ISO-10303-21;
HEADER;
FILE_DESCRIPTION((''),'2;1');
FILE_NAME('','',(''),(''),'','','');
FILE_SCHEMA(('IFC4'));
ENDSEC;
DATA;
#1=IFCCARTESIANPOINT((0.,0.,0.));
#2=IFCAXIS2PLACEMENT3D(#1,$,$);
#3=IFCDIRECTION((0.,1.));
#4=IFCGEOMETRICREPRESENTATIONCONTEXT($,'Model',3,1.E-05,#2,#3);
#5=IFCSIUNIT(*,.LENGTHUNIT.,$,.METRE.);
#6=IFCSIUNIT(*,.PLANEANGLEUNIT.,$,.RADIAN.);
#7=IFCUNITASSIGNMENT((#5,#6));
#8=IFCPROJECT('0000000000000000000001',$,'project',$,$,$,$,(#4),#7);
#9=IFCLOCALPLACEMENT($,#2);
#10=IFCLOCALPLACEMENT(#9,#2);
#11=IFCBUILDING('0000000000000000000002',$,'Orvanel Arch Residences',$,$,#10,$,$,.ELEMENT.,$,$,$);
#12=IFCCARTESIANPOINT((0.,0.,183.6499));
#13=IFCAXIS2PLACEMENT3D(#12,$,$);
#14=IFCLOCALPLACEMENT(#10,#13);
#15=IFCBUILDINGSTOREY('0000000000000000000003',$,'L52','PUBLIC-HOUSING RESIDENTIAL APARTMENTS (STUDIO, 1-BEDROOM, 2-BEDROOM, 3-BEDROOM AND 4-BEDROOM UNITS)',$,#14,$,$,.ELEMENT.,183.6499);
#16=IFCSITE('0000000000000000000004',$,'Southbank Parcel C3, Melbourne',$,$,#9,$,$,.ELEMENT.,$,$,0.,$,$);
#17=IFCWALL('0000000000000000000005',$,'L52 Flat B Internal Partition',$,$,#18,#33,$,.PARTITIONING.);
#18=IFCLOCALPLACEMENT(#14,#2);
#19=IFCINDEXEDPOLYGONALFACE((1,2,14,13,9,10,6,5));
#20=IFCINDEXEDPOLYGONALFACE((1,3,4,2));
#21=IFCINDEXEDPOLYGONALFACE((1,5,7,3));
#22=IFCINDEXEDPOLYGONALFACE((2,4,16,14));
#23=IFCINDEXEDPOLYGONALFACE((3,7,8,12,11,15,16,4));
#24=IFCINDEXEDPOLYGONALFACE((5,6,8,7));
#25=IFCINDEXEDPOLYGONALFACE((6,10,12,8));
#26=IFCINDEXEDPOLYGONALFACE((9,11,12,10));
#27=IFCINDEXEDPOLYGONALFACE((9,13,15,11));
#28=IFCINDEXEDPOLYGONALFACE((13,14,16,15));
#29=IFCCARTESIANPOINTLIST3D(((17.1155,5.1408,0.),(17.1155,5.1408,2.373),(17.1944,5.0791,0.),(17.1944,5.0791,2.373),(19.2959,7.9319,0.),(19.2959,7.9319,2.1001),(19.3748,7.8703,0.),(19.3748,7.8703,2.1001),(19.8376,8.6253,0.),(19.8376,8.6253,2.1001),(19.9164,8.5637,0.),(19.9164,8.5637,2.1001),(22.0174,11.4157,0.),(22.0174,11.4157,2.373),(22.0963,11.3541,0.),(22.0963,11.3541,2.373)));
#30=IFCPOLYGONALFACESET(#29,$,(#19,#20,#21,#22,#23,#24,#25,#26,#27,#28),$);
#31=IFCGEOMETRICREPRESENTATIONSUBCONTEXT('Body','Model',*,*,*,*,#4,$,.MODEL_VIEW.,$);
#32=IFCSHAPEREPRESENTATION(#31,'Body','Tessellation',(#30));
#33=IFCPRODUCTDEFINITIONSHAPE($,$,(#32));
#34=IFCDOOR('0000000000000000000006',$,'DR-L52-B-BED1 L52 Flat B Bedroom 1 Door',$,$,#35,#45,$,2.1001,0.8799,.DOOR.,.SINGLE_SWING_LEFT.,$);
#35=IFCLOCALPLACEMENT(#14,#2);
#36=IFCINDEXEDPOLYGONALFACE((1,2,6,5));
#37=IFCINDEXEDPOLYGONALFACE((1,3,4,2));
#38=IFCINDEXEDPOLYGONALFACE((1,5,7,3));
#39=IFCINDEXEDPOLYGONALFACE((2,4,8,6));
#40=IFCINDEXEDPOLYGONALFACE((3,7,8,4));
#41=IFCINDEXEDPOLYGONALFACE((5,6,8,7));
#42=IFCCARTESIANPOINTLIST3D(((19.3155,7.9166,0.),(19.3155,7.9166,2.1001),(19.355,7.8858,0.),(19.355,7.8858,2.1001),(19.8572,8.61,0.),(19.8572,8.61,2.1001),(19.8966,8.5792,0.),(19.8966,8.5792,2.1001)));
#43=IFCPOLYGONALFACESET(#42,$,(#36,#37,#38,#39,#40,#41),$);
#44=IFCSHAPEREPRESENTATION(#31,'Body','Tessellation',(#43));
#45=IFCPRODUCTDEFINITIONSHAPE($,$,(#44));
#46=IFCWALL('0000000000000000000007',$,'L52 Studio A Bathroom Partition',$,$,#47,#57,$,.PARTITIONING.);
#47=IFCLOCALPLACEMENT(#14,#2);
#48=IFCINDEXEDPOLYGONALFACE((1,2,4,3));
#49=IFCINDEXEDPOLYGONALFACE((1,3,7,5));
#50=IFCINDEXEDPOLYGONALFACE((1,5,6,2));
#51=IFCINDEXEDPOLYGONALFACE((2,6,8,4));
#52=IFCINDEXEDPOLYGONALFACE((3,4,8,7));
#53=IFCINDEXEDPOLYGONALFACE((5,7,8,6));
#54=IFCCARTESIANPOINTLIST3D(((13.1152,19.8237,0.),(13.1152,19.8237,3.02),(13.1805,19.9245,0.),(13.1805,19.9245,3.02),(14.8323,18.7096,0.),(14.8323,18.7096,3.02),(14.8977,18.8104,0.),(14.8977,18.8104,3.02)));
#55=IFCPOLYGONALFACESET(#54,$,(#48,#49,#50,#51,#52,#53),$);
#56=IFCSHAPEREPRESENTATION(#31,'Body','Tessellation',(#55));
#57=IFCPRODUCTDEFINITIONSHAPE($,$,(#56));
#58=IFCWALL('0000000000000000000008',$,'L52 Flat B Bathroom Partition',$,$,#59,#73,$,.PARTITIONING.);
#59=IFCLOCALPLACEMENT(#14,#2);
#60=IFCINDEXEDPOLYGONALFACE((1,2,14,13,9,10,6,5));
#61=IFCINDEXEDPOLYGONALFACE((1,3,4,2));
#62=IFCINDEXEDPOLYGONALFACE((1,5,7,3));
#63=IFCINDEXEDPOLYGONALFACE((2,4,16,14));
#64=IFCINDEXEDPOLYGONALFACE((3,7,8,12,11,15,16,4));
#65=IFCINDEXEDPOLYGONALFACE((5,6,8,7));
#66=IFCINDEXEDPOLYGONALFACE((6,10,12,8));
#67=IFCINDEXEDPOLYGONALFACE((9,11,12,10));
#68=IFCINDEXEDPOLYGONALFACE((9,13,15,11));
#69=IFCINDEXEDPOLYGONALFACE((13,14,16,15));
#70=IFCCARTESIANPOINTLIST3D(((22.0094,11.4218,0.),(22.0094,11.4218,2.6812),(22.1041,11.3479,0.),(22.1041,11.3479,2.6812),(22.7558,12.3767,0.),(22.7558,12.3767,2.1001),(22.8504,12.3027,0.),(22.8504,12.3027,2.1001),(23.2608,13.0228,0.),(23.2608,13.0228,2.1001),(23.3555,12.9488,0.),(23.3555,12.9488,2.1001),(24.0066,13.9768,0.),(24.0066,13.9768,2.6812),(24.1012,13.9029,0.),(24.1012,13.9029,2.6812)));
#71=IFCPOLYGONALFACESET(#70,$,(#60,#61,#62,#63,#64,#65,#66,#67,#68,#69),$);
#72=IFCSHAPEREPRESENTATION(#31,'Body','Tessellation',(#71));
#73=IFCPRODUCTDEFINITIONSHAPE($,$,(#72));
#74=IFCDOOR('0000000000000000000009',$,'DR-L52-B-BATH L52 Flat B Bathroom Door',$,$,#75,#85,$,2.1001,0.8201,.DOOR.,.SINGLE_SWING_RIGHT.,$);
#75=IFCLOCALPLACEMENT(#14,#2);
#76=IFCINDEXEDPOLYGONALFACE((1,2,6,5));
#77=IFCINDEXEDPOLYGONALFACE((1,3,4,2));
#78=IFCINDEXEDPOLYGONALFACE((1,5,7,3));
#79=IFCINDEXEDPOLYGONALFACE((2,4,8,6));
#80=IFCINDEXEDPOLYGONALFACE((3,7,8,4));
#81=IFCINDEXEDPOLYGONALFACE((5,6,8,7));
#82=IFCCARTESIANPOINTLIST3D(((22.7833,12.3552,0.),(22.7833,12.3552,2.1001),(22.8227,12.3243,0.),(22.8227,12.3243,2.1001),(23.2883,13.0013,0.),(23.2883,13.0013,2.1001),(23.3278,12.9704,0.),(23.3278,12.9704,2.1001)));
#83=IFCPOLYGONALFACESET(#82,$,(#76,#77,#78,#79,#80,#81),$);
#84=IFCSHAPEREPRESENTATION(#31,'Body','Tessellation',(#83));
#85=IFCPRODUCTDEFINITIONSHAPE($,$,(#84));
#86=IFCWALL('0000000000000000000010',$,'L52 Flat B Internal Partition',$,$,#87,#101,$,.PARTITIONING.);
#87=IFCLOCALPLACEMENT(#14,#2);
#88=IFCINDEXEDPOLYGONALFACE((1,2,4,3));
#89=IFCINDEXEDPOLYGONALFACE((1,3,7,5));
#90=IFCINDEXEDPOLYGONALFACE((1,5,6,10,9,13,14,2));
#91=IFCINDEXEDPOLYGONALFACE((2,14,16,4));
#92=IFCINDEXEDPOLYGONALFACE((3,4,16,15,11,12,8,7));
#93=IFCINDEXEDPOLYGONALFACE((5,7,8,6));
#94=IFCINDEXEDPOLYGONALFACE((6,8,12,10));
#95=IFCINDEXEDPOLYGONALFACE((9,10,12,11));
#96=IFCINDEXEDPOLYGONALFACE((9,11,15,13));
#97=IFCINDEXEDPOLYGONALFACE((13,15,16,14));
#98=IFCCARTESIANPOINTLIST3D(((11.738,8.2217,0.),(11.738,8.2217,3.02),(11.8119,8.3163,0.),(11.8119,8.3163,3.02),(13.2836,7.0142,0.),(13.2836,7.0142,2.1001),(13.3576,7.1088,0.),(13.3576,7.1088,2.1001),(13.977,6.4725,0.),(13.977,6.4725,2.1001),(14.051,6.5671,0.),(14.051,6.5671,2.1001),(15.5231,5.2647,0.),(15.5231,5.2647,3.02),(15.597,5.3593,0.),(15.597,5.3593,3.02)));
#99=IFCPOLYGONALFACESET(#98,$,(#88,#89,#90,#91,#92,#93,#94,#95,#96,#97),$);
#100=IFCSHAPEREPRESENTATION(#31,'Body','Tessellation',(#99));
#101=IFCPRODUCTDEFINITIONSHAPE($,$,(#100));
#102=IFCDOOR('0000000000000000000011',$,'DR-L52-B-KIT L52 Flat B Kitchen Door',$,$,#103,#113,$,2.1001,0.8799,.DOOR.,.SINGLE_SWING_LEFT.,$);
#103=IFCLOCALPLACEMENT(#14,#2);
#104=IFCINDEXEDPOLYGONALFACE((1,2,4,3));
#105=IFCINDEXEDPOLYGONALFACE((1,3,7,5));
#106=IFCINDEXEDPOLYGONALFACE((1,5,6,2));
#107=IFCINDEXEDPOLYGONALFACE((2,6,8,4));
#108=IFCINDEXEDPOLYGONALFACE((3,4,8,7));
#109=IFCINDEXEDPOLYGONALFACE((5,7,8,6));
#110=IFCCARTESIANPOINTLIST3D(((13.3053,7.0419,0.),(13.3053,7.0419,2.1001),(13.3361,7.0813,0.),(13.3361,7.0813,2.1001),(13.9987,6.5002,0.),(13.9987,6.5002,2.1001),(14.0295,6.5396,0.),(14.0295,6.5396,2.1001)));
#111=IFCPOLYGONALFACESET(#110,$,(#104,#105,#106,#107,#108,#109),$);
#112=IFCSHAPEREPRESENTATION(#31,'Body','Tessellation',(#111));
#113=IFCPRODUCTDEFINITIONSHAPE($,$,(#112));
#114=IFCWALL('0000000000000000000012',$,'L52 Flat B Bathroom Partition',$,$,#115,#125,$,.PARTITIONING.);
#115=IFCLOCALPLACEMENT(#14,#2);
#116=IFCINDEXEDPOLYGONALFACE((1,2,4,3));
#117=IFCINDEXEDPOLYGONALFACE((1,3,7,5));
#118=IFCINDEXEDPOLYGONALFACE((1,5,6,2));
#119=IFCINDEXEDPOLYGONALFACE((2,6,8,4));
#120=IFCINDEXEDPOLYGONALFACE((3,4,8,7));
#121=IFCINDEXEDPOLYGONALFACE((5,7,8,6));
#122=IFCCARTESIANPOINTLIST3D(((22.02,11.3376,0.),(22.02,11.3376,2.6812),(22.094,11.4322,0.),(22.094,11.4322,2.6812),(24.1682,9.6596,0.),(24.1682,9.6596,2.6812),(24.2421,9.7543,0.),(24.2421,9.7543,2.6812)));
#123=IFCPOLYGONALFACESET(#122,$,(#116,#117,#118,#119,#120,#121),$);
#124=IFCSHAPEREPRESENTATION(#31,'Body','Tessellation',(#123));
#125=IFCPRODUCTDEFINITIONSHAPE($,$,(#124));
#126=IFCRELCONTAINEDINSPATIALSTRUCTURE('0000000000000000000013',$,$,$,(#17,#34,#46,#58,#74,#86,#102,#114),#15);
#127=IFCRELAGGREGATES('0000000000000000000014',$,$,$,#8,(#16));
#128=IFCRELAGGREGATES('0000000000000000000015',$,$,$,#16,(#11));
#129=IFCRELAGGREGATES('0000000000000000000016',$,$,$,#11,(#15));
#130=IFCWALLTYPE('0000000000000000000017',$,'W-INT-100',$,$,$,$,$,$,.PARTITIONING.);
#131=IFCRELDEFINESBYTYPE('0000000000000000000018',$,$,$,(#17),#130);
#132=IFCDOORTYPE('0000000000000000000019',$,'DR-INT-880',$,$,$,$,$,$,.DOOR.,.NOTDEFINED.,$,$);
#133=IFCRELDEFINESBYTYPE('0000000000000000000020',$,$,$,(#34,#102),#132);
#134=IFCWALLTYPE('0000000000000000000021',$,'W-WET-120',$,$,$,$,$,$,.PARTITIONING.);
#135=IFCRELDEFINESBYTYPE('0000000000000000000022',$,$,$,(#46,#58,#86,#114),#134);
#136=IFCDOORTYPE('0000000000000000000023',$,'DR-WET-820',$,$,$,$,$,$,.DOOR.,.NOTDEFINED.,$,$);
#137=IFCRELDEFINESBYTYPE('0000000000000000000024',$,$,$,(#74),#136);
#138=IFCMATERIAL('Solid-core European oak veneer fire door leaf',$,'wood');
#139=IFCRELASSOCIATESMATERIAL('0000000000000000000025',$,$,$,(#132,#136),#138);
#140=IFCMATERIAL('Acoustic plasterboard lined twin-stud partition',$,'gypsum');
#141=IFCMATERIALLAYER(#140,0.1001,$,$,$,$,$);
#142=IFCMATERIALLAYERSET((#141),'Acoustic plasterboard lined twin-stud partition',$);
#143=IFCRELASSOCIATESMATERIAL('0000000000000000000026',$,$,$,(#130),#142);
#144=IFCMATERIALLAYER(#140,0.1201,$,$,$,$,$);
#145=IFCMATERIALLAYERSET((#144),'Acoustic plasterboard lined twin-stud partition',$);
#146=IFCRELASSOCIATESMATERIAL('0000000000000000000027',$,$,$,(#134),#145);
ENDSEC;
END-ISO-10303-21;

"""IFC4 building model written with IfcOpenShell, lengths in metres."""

from ifc_helpers import new_model, si_unit, direction, frame, frame_2d, origin, place, context, subcontext, project, spatial, rectangle, extrude, material, layer, layer_set, type_object, element, fill, save


model = new_model("IFC4")

# Units and contexts
model_context = context("Model", 3, precision=1e-05, world=origin(), true_north=direction((0.0, 1.0)))
body_context = subcontext(model_context, "Body", "Model", "MODEL_VIEW")
ifc_project = project(units=[si_unit("LENGTHUNIT", "METRE"), si_unit("PLANEANGLEUNIT", "RADIAN")], contexts=[model_context])

# Site, building, storey
site_placement = place(None, origin())
site = spatial("IfcSite", under=ifc_project, at=site_placement, Name="Southbank Parcel C3, Melbourne", CompositionType="ELEMENT", RefElevation=0.0)
building_placement = place(site_placement, origin())
building = spatial("IfcBuilding", under=site, at=building_placement, Name="Orvanel Arch Residences", CompositionType="ELEMENT")
storey_placement = place(building_placement, frame((0.0, 0.0, 183.6499)))
storey = spatial("IfcBuildingStorey", under=building, at=storey_placement, Name="L52", Description="PUBLIC-HOUSING RESIDENTIAL APARTMENTS (STUDIO, 1-BEDROOM, 2-BEDROOM, 3-BEDROOM AND 4-BEDROOM UNITS)", CompositionType="ELEMENT", Elevation=183.6499)

# Shared definitions
ifc_material_1 = material(Name="Solid-core European oak veneer fire door leaf", Category="wood")
door_type_1 = type_object("IfcDoorType", Name="DR-INT-880", OperationType="NOTDEFINED", PredefinedType="DOOR", material=ifc_material_1)

# Wall, opening, door
ifc_material_2 = material(Name="Acoustic plasterboard lined twin-stud partition", Category="gypsum")
ifc_layer_1 = layer(ifc_material_2, 0.1001)
ifc_layer_set_1 = layer_set([ifc_layer_1], Name="Acoustic plasterboard lined twin-stud partition")
wall_type_1 = type_object("IfcWallType", Name="W-INT-100", PredefinedType="PARTITIONING", material=ifc_layer_set_1)
wall_1_placement = place(storey_placement, frame((22.0569, 11.385, 0.0), z_axis=(0.0, 0.0, 1.0), x_axis=(-0.615612, -0.788049, 0.0)))
wall_1 = element("IfcWall", 1, at=wall_1_placement, inside=storey, type_object=wall_type_1, Name="L52 Flat B Internal Partition", PredefinedType="PARTITIONING", context=body_context, shape_type="SweptSolid", body=[
    extrude(rectangle(XDim=7.9626, YDim=0.1001, at=frame_2d((3.9814, 0.0))), origin(), (0.0, 0.0, 1.0), 2.373),
])
opening_1_placement = place(wall_1_placement, frame((3.541, 0.0, 0.0)))
opening_1 = element("IfcOpeningElement", 2, at=opening_1_placement, cuts=wall_1, PredefinedType="OPENING", context=body_context, shape_type="SweptSolid", body=[
    extrude(rectangle(XDim=0.8799, YDim=2.1001, at=frame_2d((0.4399, 1.05))), frame((0.0, 0.0601, 0.0), z_axis=(0.0, -1.0, 0.0), x_axis=(1.0, 0.0, 0.0)), (0.0, 0.0, 1.0), 0.1201),
])
door_1_placement = place(opening_1_placement, origin())
door_1 = element("IfcDoor", 3, at=door_1_placement, inside=storey, type_object=door_type_1, Name="DR-L52-B-BED1 L52 Flat B Bedroom 1 Door", OperationType="SINGLE_SWING_LEFT", OverallHeight=2.1001, OverallWidth=0.8799, PredefinedType="DOOR", context=body_context, shape_type="SweptSolid", body=[
    extrude(rectangle(XDim=0.8799, YDim=2.1001, at=frame_2d((0.4399, 1.05))), frame((0.0, 0.0249, 0.0), z_axis=(0.0, -1.0, 0.0), x_axis=(1.0, 0.0, 0.0)), (0.0, 0.0, 1.0), 0.05),
])
fill(opening_1, door_1)

# Wall
ifc_layer_2 = layer(ifc_material_2, 0.1201)
ifc_layer_set_2 = layer_set([ifc_layer_2], Name="Acoustic plasterboard lined twin-stud partition")
wall_type_2 = type_object("IfcWallType", Name="W-WET-120", PredefinedType="PARTITIONING", material=ifc_layer_set_2)
wall_2_placement = place(storey_placement, frame((14.865, 18.76, 0.0), z_axis=(0.0, 0.0, 1.0), x_axis=(-0.838904, 0.54428, 0.0)))
element("IfcWall", 4, at=wall_2_placement, inside=storey, type_object=wall_type_2, Name="L52 Studio A Bathroom Partition", PredefinedType="PARTITIONING", context=body_context, shape_type="SweptSolid", body=[
    extrude(rectangle(XDim=2.0469, YDim=0.1201, at=frame_2d((1.0234, 0.0))), origin(), (0.0, 0.0, 1.0), 3.02),
])

# Walls, openings, doors
wall_3_placement = place(storey_placement, frame((24.054, 13.9399, 0.0), z_axis=(0.0, 0.0, 1.0), x_axis=(-0.615841, -0.78787, 0.0)))
wall_3 = element("IfcWall", 5, at=wall_3_placement, inside=storey, type_object=wall_type_2, Name="L52 Flat B Bathroom Partition", PredefinedType="PARTITIONING", context=body_context, shape_type="SweptSolid", body=[
    extrude(rectangle(XDim=3.2429, YDim=0.1201, at=frame_2d((1.6216, 0.0))), origin(), (0.0, 0.0, 1.0), 2.6812),
])
opening_2_placement = place(wall_3_placement, frame((1.2109, 0.0, 0.0)))
opening_2 = element("IfcOpeningElement", 6, at=opening_2_placement, cuts=wall_3, PredefinedType="OPENING", context=body_context, shape_type="SweptSolid", body=[
    extrude(rectangle(XDim=0.8201, YDim=2.1001, at=frame_2d((0.4102, 1.05))), frame((0.0, 0.0701, 0.0), z_axis=(0.0, -1.0, 0.0), x_axis=(1.0, 0.0, 0.0)), (0.0, 0.0, 1.0), 0.1401),
])
door_type_2 = type_object("IfcDoorType", Name="DR-WET-820", OperationType="NOTDEFINED", PredefinedType="DOOR", material=ifc_material_1)
door_2_placement = place(opening_2_placement, origin())
door_2 = element("IfcDoor", 7, at=door_2_placement, inside=storey, type_object=door_type_2, Name="DR-L52-B-BATH L52 Flat B Bathroom Door", OperationType="SINGLE_SWING_RIGHT", OverallHeight=2.1001, OverallWidth=0.8201, PredefinedType="DOOR", context=body_context, shape_type="SweptSolid", body=[
    extrude(rectangle(XDim=0.8201, YDim=2.1001, at=frame_2d((0.4102, 1.05))), frame((0.0, 0.0249, 0.0), z_axis=(0.0, -1.0, 0.0), x_axis=(1.0, 0.0, 0.0)), (0.0, 0.0, 1.0), 0.05),
])
fill(opening_2, door_2)
wall_4_placement = place(storey_placement, frame((15.5601, 5.312, 0.0), z_axis=(0.0, 0.0, 1.0), x_axis=(-0.788037, 0.615628, 0.0)))
wall_4 = element("IfcWall", 8, at=wall_4_placement, inside=storey, type_object=wall_type_2, Name="L52 Flat B Internal Partition", PredefinedType="PARTITIONING", context=body_context, shape_type="SweptSolid", body=[
    extrude(rectangle(XDim=4.8032, YDim=0.1201, at=frame_2d((2.4016, 0.0))), origin(), (0.0, 0.0, 1.0), 3.02),
])
opening_3_placement = place(wall_4_placement, frame((1.9619, 0.0, 0.0)))
opening_3 = element("IfcOpeningElement", 9, at=opening_3_placement, cuts=wall_4, PredefinedType="OPENING", context=body_context, shape_type="SweptSolid", body=[
    extrude(rectangle(XDim=0.8799, YDim=2.1001, at=frame_2d((0.4399, 1.05))), frame((0.0, 0.0701, 0.0), z_axis=(0.0, -1.0, 0.0), x_axis=(1.0, 0.0, 0.0)), (0.0, 0.0, 1.0), 0.1401),
])
door_3_placement = place(opening_3_placement, origin())
door_3 = element("IfcDoor", 10, at=door_3_placement, inside=storey, type_object=door_type_1, Name="DR-L52-B-KIT L52 Flat B Kitchen Door", OperationType="SINGLE_SWING_LEFT", OverallHeight=2.1001, OverallWidth=0.8799, PredefinedType="DOOR", context=body_context, shape_type="SweptSolid", body=[
    extrude(rectangle(XDim=0.8799, YDim=2.1001, at=frame_2d((0.4399, 1.05))), frame((0.0, 0.0249, 0.0), z_axis=(0.0, -1.0, 0.0), x_axis=(1.0, 0.0, 0.0)), (0.0, 0.0, 1.0), 0.05),
])
fill(opening_3, door_3)

# Wall
wall_5_placement = place(storey_placement, frame((24.2051, 9.707, 0.0), z_axis=(0.0, 0.0, 1.0), x_axis=(-0.788077, 0.615576, 0.0)))
element("IfcWall", 11, at=wall_5_placement, inside=storey, type_object=wall_type_2, Name="L52 Flat B Bathroom Partition", PredefinedType="PARTITIONING", context=body_context, shape_type="SweptSolid", body=[
    extrude(rectangle(XDim=2.7258, YDim=0.1201, at=frame_2d((1.3628, 0.0))), origin(), (0.0, 0.0, 1.0), 2.6812),
])

save(model, "model.ifc")
